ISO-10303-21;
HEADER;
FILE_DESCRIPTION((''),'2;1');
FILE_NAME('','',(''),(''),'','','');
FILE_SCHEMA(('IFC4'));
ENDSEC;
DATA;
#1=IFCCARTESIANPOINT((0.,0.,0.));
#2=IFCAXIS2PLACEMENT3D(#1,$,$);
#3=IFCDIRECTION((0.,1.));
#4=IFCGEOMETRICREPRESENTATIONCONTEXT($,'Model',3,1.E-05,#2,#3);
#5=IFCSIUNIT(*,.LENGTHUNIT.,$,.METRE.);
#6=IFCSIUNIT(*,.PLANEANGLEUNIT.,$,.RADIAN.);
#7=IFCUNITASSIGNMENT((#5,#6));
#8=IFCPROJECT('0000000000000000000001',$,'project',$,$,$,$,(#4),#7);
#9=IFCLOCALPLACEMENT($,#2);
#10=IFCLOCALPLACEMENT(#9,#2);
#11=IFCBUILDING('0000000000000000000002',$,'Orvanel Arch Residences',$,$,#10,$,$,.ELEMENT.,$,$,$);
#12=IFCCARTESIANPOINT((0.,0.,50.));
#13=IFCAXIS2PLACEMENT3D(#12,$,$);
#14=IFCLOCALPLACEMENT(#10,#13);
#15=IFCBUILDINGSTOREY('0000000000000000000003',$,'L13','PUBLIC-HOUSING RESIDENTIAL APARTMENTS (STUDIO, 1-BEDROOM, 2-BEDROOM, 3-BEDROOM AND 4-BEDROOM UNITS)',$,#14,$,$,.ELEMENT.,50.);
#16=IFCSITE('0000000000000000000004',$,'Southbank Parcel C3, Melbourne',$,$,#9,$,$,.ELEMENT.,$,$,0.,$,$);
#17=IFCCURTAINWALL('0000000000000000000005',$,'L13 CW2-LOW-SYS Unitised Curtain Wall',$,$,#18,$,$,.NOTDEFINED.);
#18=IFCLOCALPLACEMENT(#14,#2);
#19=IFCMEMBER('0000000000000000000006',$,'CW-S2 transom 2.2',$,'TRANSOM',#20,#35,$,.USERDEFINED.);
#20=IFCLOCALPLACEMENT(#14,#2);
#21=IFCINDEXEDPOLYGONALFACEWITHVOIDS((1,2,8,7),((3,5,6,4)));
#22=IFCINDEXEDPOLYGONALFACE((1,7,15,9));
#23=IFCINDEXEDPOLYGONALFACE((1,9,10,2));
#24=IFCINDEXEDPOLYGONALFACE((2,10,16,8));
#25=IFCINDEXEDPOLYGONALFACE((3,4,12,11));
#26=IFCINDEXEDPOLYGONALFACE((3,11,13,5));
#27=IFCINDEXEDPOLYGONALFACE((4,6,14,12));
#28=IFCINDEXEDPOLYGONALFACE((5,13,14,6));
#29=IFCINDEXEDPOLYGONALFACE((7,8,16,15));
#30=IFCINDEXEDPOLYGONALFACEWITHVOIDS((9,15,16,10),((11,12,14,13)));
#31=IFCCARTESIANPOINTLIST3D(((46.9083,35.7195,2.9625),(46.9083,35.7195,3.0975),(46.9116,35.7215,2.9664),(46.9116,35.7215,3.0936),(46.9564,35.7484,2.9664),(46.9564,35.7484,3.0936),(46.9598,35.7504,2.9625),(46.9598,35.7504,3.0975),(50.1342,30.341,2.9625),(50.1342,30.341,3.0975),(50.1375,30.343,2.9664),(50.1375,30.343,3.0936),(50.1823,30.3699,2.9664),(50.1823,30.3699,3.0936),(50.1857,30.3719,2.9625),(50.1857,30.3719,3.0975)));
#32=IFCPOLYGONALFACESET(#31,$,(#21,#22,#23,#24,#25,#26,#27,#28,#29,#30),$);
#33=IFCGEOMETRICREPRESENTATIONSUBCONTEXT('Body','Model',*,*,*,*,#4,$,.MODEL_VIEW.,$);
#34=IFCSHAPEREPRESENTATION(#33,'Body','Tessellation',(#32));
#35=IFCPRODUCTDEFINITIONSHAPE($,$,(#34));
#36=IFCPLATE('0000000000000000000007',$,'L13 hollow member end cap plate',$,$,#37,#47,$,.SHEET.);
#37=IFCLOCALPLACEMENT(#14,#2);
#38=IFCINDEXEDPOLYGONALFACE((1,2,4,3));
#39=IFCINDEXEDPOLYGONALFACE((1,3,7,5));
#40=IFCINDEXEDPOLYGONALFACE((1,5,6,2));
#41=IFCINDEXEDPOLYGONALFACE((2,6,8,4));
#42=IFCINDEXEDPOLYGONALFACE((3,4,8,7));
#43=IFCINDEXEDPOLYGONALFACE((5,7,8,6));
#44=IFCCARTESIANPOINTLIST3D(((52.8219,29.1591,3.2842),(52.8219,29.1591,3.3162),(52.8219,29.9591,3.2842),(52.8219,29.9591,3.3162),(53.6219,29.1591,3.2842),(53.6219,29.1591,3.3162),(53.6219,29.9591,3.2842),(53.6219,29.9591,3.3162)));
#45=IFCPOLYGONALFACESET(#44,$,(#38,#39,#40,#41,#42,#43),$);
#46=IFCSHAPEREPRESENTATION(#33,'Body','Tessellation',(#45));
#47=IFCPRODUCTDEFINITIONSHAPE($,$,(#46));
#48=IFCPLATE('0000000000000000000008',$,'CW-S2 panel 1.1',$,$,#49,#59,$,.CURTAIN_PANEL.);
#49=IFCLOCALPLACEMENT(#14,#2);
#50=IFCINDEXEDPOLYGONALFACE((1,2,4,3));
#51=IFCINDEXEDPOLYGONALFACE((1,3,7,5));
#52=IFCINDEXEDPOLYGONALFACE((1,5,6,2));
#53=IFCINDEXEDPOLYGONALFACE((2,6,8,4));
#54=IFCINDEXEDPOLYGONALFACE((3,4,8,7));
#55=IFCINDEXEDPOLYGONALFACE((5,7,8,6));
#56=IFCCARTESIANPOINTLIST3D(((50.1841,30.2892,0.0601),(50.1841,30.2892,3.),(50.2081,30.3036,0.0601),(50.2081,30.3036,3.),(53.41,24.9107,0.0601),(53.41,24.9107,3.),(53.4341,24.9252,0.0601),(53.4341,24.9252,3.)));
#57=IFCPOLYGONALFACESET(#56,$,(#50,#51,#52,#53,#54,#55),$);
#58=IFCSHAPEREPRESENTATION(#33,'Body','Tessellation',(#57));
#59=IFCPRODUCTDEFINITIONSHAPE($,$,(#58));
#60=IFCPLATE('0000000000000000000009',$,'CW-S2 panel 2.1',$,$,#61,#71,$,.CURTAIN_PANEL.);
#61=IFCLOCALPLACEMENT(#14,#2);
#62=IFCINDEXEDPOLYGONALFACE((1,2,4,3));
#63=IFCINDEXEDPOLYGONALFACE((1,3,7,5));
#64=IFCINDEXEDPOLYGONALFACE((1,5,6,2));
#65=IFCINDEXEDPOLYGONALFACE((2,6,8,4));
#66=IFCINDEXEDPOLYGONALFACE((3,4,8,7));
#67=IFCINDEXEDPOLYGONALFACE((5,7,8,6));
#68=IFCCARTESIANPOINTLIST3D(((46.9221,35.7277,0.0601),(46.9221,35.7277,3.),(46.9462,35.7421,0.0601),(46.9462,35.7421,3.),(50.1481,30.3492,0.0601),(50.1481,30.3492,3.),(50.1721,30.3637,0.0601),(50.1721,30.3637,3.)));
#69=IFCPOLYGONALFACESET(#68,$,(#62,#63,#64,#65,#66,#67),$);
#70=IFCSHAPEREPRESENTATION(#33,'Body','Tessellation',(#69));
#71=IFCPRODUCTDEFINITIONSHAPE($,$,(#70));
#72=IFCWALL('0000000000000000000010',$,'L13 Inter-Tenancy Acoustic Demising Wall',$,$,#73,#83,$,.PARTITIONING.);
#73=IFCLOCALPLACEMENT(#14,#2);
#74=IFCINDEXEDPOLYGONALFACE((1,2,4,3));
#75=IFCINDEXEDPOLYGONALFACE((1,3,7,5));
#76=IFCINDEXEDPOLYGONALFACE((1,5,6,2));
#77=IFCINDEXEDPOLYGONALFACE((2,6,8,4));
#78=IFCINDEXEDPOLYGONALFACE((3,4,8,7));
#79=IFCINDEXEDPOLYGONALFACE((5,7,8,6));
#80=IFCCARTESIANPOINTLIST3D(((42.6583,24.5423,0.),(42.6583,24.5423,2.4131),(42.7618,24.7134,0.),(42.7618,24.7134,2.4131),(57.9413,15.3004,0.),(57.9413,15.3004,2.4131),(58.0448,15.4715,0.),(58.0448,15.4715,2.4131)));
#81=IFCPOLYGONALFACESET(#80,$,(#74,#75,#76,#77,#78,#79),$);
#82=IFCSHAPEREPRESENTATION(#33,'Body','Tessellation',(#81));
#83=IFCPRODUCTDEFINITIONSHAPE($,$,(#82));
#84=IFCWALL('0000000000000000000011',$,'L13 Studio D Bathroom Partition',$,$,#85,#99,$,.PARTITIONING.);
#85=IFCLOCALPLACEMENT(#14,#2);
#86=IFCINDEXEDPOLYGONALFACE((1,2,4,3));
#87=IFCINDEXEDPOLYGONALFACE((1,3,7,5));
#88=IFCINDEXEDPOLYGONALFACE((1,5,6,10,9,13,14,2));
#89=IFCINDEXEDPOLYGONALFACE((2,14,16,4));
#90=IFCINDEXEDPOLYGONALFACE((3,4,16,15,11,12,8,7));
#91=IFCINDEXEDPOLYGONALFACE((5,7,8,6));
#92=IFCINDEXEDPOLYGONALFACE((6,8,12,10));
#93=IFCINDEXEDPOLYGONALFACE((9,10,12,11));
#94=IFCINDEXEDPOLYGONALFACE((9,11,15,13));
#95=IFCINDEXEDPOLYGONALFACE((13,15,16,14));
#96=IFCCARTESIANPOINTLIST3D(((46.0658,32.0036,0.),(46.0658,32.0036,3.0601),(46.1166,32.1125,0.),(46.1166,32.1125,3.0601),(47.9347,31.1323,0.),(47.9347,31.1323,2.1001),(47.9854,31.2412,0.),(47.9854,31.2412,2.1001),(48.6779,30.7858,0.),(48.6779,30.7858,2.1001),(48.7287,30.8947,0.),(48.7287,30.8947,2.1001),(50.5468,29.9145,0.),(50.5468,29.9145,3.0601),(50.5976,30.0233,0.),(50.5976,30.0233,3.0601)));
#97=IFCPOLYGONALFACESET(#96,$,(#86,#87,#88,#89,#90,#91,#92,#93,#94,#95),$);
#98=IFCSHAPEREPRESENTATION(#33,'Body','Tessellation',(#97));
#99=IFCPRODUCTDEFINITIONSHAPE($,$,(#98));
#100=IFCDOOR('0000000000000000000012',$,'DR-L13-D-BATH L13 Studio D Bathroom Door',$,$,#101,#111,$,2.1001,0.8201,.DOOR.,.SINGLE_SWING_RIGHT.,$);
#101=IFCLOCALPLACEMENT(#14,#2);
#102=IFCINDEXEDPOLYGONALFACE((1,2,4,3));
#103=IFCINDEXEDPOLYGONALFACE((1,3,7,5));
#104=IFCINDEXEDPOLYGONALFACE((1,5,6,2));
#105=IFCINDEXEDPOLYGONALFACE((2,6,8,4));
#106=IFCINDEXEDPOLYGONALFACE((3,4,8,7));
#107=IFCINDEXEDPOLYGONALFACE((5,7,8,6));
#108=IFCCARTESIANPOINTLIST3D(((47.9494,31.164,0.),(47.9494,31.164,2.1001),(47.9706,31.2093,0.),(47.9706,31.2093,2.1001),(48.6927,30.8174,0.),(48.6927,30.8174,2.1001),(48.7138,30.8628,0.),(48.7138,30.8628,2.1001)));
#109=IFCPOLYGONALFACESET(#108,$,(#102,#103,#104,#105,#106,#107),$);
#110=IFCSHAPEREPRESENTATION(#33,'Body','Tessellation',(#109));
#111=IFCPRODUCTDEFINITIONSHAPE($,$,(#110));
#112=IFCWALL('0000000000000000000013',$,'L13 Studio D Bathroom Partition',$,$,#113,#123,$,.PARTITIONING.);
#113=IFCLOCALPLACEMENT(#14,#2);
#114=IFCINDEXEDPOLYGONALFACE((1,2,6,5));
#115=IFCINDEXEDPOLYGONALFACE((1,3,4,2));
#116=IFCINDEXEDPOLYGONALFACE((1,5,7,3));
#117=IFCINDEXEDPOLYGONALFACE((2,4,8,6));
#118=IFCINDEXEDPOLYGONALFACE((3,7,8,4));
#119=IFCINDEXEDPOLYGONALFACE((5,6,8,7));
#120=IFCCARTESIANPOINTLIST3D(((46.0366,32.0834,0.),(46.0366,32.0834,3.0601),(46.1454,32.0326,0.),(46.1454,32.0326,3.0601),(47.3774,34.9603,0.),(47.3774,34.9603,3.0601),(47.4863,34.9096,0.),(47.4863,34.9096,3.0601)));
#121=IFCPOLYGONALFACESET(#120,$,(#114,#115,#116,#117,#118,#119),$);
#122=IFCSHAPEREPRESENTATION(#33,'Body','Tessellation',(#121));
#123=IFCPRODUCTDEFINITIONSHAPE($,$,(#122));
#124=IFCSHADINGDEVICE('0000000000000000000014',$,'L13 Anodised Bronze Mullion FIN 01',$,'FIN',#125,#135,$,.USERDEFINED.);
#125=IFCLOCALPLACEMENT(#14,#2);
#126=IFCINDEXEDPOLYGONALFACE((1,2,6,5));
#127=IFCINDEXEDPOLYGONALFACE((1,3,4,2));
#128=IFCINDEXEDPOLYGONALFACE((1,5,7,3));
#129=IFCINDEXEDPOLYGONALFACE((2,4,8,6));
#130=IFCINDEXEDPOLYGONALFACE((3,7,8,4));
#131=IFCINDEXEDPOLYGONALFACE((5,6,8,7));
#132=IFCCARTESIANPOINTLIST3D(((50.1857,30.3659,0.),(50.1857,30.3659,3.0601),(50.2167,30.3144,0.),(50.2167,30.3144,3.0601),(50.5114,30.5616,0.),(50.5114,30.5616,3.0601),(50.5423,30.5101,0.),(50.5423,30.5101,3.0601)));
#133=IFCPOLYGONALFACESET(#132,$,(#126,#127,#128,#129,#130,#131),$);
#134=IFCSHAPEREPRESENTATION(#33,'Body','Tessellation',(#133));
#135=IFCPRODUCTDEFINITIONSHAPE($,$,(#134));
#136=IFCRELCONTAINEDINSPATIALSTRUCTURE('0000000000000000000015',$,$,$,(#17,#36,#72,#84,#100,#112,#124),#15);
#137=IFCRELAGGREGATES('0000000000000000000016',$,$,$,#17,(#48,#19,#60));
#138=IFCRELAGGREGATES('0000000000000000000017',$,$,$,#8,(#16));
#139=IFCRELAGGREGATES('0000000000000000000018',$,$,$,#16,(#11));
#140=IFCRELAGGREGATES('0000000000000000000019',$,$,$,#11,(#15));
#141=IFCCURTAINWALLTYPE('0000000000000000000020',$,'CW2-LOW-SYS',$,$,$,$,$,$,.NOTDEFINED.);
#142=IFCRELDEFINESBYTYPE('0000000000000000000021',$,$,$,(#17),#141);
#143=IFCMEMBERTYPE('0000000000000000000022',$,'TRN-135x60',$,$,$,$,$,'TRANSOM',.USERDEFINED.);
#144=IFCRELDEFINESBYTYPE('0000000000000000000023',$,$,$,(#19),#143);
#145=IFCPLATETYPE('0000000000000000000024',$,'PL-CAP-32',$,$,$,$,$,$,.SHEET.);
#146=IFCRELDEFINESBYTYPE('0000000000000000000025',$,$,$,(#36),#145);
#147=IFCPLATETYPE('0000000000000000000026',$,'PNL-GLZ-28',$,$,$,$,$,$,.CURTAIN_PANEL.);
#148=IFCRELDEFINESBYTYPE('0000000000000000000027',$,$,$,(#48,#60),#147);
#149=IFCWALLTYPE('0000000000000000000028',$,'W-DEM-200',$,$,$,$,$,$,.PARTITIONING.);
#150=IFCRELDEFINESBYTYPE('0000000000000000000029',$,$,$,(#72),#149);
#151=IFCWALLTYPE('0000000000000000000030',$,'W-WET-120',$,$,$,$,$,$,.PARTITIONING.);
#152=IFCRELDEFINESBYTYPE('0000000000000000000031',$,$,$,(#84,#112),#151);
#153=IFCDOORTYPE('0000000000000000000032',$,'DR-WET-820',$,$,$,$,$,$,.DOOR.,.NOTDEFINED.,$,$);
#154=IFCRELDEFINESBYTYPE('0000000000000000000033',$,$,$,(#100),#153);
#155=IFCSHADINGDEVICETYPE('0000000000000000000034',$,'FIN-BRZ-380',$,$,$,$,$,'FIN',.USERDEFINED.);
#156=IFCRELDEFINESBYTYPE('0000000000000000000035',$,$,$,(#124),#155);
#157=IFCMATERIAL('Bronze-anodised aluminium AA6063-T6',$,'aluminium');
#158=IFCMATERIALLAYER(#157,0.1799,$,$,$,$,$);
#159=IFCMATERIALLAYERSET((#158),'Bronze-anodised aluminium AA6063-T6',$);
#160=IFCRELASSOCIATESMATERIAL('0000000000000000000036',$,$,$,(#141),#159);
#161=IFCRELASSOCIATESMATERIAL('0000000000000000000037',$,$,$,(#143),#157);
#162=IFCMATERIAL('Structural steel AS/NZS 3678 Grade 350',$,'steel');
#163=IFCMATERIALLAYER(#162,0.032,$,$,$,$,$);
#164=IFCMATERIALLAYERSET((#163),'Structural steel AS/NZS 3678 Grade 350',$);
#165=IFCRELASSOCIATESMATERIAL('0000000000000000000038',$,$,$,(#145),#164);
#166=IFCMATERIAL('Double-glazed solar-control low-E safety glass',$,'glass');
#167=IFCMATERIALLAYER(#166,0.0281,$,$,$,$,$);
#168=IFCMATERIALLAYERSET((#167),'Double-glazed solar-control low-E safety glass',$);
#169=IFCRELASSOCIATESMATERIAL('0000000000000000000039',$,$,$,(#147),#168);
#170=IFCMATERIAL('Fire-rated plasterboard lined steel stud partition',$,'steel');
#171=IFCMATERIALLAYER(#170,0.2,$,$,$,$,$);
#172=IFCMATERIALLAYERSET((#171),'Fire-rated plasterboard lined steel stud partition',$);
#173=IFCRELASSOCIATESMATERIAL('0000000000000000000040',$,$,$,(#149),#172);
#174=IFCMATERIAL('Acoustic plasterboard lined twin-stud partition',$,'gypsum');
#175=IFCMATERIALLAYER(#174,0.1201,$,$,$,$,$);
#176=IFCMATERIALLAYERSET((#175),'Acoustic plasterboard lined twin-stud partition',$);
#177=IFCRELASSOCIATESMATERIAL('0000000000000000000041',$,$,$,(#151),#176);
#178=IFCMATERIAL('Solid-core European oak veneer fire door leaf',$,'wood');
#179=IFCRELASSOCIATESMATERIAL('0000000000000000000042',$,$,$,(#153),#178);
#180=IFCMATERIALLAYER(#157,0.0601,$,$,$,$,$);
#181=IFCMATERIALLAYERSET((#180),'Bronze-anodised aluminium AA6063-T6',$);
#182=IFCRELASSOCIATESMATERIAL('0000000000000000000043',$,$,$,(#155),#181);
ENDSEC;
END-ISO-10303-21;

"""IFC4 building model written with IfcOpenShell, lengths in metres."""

from ifc_helpers import new_model, si_unit, direction, frame, frame_2d, origin, origin_2d, place, context, subcontext, project, spatial, rectangle, hollow_rectangle, extrude, material, layer, layer_set, material_profile, profile_set, type_object, element, fill, aggregate, save


model = new_model("IFC4")

# Units and contexts
model_context = context("Model", 3, precision=1e-05, world=origin(), true_north=direction((0.0, 1.0)))
body_context = subcontext(model_context, "Body", "Model", "MODEL_VIEW")
ifc_project = project(units=[si_unit("LENGTHUNIT", "METRE"), si_unit("PLANEANGLEUNIT", "RADIAN")], contexts=[model_context])

# Site, building, storey
site_placement = place(None, origin())
site = spatial("IfcSite", under=ifc_project, at=site_placement, Name="Southbank Parcel C3, Melbourne", CompositionType="ELEMENT", RefElevation=0.0)
building_placement = place(site_placement, origin())
building = spatial("IfcBuilding", under=site, at=building_placement, Name="Orvanel Arch Residences", CompositionType="ELEMENT")
storey_placement = place(building_placement, frame((0.0, 0.0, 50.0)))
storey = spatial("IfcBuildingStorey", under=building, at=storey_placement, Name="L13", Description="PUBLIC-HOUSING RESIDENTIAL APARTMENTS (STUDIO, 1-BEDROOM, 2-BEDROOM, 3-BEDROOM AND 4-BEDROOM UNITS)", CompositionType="ELEMENT", Elevation=50.0)

# Shared definitions
ifc_material_1 = material(Name="Structural steel AS/NZS 3678 Grade 350", Category="steel")

# Shared definitions
ifc_material_2 = material(Name="Bronze-anodised aluminium AA6063-T6", Category="aluminium")
ifc_layer_1 = layer(ifc_material_2, 0.1799)
ifc_layer_set_1 = layer_set([ifc_layer_1], Name="Bronze-anodised aluminium AA6063-T6")
curtain_wall_type = type_object("IfcCurtainWallType", Name="CW2-LOW-SYS", PredefinedType="NOTDEFINED", material=ifc_layer_set_1)

# Curtain wall
curtain_wall_1_placement = place(storey_placement, origin())
curtain_wall_1 = element("IfcCurtainWall", 1, at=curtain_wall_1_placement, inside=storey, type_object=curtain_wall_type, Name="L13 CW2-LOW-SYS Unitised Curtain Wall", PredefinedType="NOTDEFINED")

# Member
ifc_material_profile_1 = material_profile(ifc_material_2, hollow_rectangle(XDim=0.0601, YDim=0.135, WallThickness=0.0039, at=origin_2d()), Name="ALU135x60x4")
ifc_profile_set_1 = profile_set([ifc_material_profile_1], Name="Bronze-anodised aluminium AA6063-T6")
member_type_1 = type_object("IfcMemberType", Name="TRN-135x60", ElementType="TRANSOM", PredefinedType="USERDEFINED", material=ifc_profile_set_1)
member_1_placement = place(storey_placement, frame((50.1599, 30.3564, 3.03), z_axis=(-0.514353, 0.857579, 0.0), x_axis=(-0.857579, -0.514353, 0.0)))
member_1 = element("IfcMember", 2, at=member_1_placement, type_object=member_type_1, Name="CW-S2 transom 2.2", ObjectType="TRANSOM", PredefinedType="USERDEFINED", context=body_context, shape_type="SweptSolid", body=[
    extrude(hollow_rectangle(XDim=0.0601, YDim=0.135, WallThickness=0.0039, at=origin_2d()), origin(), (0.0, 0.0, 1.0), 6.2717),
])

# Plates
ifc_layer_2 = layer(ifc_material_1, 0.032)
ifc_layer_set_2 = layer_set([ifc_layer_2], Name="Structural steel AS/NZS 3678 Grade 350")
plate_type_1 = type_object("IfcPlateType", Name="PL-CAP-32", PredefinedType="SHEET", material=ifc_layer_set_2)
plate_1_placement = place(storey_placement, frame((53.2219, 29.5591, 3.2842), z_axis=(0.0, 0.0, 1.0), x_axis=(1.0, 0.0, 0.0)))
element("IfcPlate", 3, at=plate_1_placement, inside=storey, type_object=plate_type_1, Name="L13 hollow member end cap plate", PredefinedType="SHEET", context=body_context, shape_type="SweptSolid", body=[
    extrude(rectangle(XDim=0.8, YDim=0.8, at=origin_2d()), origin(), (0.0, 0.0, 1.0), 0.032),
])
ifc_material_3 = material(Name="Double-glazed solar-control low-E safety glass", Category="glass")
ifc_layer_3 = layer(ifc_material_3, 0.0281)
ifc_layer_set_3 = layer_set([ifc_layer_3], Name="Double-glazed solar-control low-E safety glass")
plate_type_2 = type_object("IfcPlateType", Name="PNL-GLZ-28", PredefinedType="CURTAIN_PANEL", material=ifc_layer_set_3)
plate_2_placement = place(storey_placement, frame((51.8091, 27.6072, 0.0601), z_axis=(0.0, 0.0, 1.0), x_axis=(-0.514369, 0.857569, 0.0)))
plate_2 = element("IfcPlate", 4, at=plate_2_placement, type_object=plate_type_2, Name="CW-S2 panel 1.1", PredefinedType="CURTAIN_PANEL", context=body_context, shape_type="SweptSolid", body=[
    extrude(rectangle(XDim=6.2717, YDim=0.0281, at=origin_2d()), origin(), (0.0, 0.0, 1.0), 2.9399),
])
plate_3_placement = place(storey_placement, frame((48.5471, 33.0457, 0.0601), z_axis=(0.0, 0.0, 1.0), x_axis=(-0.514369, 0.857569, 0.0)))
plate_3 = element("IfcPlate", 5, at=plate_3_placement, type_object=plate_type_2, Name="CW-S2 panel 2.1", PredefinedType="CURTAIN_PANEL", context=body_context, shape_type="SweptSolid", body=[
    extrude(rectangle(XDim=6.2717, YDim=0.0281, at=origin_2d()), origin(), (0.0, 0.0, 1.0), 2.9399),
])
aggregate(curtain_wall_1, [plate_2, member_1, plate_3])

# Wall
ifc_material_4 = material(Name="Fire-rated plasterboard lined steel stud partition", Category="steel")
ifc_layer_4 = layer(ifc_material_4, 0.2)
ifc_layer_set_4 = layer_set([ifc_layer_4], Name="Fire-rated plasterboard lined steel stud partition")
wall_type_1 = type_object("IfcWallType", Name="W-DEM-200", PredefinedType="PARTITIONING", material=ifc_layer_set_4)
wall_1_placement = place(storey_placement, frame((42.71, 24.6279, 0.0), z_axis=(0.0, 0.0, 1.0), x_axis=(0.855705, -0.517464, 0.0)))
element("IfcWall", 6, at=wall_1_placement, inside=storey, type_object=wall_type_1, Name="L13 Inter-Tenancy Acoustic Demising Wall", PredefinedType="PARTITIONING", context=body_context, shape_type="SweptSolid", body=[
    extrude(rectangle(XDim=17.8601, YDim=0.2, at=frame_2d((8.9302, 0.0))), origin(), (0.0, 0.0, 1.0), 2.4131),
])

# Wall, opening, door
ifc_material_5 = material(Name="Acoustic plasterboard lined twin-stud partition", Category="gypsum")
ifc_layer_5 = layer(ifc_material_5, 0.1201)
ifc_layer_set_5 = layer_set([ifc_layer_5], Name="Acoustic plasterboard lined twin-stud partition")
wall_type_2 = type_object("IfcWallType", Name="W-WET-120", PredefinedType="PARTITIONING", material=ifc_layer_set_5)
wall_2_placement = place(storey_placement, frame((46.0911, 32.0581, 0.0), z_axis=(0.0, 0.0, 1.0), x_axis=(0.906338, -0.422553, 0.0)))
wall_2 = element("IfcWall", 7, at=wall_2_placement, inside=storey, type_object=wall_type_2, Name="L13 Studio D Bathroom Partition", PredefinedType="PARTITIONING", context=body_context, shape_type="SweptSolid", body=[
    extrude(rectangle(XDim=4.9441, YDim=0.1201, at=frame_2d((2.4722, 0.0))), origin(), (0.0, 0.0, 1.0), 3.0601),
])
opening_placement = place(wall_2_placement, frame((2.062, 0.0, 0.0)))
opening = element("IfcOpeningElement", 8, at=opening_placement, cuts=wall_2, PredefinedType="OPENING", context=body_context, shape_type="SweptSolid", body=[
    extrude(rectangle(XDim=0.8201, YDim=2.1001, at=frame_2d((0.4102, 1.05))), frame((0.0, 0.0701, 0.0), z_axis=(0.0, -1.0, 0.0), x_axis=(1.0, 0.0, 0.0)), (0.0, 0.0, 1.0), 0.1401),
])
ifc_material_6 = material(Name="Solid-core European oak veneer fire door leaf", Category="wood")
door_type = type_object("IfcDoorType", Name="DR-WET-820", OperationType="NOTDEFINED", PredefinedType="DOOR", material=ifc_material_6)
door_placement = place(opening_placement, origin())
door = element("IfcDoor", 9, at=door_placement, inside=storey, type_object=door_type, Name="DR-L13-D-BATH L13 Studio D Bathroom Door", OperationType="SINGLE_SWING_RIGHT", OverallHeight=2.1001, OverallWidth=0.8201, PredefinedType="DOOR", context=body_context, shape_type="SweptSolid", body=[
    extrude(rectangle(XDim=0.8201, YDim=2.1001, at=frame_2d((0.4102, 1.05))), frame((0.0, 0.0249, 0.0), z_axis=(0.0, -1.0, 0.0), x_axis=(1.0, 0.0, 0.0)), (0.0, 0.0, 1.0), 0.05),
])
fill(opening, door)

# Wall
wall_3_placement = place(storey_placement, frame((46.0911, 32.0581, 0.0), z_axis=(0.0, 0.0, 1.0), x_axis=(0.422431, 0.906395, 0.0)))
element("IfcWall", 10, at=wall_3_placement, inside=storey, type_object=wall_type_2, Name="L13 Studio D Bathroom Partition", PredefinedType="PARTITIONING", context=body_context, shape_type="SweptSolid", body=[
    extrude(rectangle(XDim=3.1741, YDim=0.1201, at=frame_2d((1.5869, 0.0))), origin(), (0.0, 0.0, 1.0), 3.0601),
])

# Shading device
ifc_layer_6 = layer(ifc_material_2, 0.0601)
ifc_layer_set_6 = layer_set([ifc_layer_6], Name="Bronze-anodised aluminium AA6063-T6")
shading_device_type = type_object("IfcShadingDeviceType", Name="FIN-BRZ-380", ElementType="FIN", PredefinedType="USERDEFINED", material=ifc_layer_set_6)
shading_device_placement = place(storey_placement, frame((50.364, 30.438, 0.0), z_axis=(0.0, 0.0, 1.0), x_axis=(0.857167, 0.515038, 0.0)))
element("IfcShadingDevice", 11, at=shading_device_placement, inside=storey, type_object=shading_device_type, Name="L13 Anodised Bronze Mullion FIN 01", ObjectType="FIN", PredefinedType="USERDEFINED", context=body_context, shape_type="SweptSolid", body=[
    extrude(rectangle(XDim=0.3799, YDim=0.0601, at=origin_2d()), origin(), (0.0, 0.0, 1.0), 3.0601),
])

save(model, "model.ifc")
